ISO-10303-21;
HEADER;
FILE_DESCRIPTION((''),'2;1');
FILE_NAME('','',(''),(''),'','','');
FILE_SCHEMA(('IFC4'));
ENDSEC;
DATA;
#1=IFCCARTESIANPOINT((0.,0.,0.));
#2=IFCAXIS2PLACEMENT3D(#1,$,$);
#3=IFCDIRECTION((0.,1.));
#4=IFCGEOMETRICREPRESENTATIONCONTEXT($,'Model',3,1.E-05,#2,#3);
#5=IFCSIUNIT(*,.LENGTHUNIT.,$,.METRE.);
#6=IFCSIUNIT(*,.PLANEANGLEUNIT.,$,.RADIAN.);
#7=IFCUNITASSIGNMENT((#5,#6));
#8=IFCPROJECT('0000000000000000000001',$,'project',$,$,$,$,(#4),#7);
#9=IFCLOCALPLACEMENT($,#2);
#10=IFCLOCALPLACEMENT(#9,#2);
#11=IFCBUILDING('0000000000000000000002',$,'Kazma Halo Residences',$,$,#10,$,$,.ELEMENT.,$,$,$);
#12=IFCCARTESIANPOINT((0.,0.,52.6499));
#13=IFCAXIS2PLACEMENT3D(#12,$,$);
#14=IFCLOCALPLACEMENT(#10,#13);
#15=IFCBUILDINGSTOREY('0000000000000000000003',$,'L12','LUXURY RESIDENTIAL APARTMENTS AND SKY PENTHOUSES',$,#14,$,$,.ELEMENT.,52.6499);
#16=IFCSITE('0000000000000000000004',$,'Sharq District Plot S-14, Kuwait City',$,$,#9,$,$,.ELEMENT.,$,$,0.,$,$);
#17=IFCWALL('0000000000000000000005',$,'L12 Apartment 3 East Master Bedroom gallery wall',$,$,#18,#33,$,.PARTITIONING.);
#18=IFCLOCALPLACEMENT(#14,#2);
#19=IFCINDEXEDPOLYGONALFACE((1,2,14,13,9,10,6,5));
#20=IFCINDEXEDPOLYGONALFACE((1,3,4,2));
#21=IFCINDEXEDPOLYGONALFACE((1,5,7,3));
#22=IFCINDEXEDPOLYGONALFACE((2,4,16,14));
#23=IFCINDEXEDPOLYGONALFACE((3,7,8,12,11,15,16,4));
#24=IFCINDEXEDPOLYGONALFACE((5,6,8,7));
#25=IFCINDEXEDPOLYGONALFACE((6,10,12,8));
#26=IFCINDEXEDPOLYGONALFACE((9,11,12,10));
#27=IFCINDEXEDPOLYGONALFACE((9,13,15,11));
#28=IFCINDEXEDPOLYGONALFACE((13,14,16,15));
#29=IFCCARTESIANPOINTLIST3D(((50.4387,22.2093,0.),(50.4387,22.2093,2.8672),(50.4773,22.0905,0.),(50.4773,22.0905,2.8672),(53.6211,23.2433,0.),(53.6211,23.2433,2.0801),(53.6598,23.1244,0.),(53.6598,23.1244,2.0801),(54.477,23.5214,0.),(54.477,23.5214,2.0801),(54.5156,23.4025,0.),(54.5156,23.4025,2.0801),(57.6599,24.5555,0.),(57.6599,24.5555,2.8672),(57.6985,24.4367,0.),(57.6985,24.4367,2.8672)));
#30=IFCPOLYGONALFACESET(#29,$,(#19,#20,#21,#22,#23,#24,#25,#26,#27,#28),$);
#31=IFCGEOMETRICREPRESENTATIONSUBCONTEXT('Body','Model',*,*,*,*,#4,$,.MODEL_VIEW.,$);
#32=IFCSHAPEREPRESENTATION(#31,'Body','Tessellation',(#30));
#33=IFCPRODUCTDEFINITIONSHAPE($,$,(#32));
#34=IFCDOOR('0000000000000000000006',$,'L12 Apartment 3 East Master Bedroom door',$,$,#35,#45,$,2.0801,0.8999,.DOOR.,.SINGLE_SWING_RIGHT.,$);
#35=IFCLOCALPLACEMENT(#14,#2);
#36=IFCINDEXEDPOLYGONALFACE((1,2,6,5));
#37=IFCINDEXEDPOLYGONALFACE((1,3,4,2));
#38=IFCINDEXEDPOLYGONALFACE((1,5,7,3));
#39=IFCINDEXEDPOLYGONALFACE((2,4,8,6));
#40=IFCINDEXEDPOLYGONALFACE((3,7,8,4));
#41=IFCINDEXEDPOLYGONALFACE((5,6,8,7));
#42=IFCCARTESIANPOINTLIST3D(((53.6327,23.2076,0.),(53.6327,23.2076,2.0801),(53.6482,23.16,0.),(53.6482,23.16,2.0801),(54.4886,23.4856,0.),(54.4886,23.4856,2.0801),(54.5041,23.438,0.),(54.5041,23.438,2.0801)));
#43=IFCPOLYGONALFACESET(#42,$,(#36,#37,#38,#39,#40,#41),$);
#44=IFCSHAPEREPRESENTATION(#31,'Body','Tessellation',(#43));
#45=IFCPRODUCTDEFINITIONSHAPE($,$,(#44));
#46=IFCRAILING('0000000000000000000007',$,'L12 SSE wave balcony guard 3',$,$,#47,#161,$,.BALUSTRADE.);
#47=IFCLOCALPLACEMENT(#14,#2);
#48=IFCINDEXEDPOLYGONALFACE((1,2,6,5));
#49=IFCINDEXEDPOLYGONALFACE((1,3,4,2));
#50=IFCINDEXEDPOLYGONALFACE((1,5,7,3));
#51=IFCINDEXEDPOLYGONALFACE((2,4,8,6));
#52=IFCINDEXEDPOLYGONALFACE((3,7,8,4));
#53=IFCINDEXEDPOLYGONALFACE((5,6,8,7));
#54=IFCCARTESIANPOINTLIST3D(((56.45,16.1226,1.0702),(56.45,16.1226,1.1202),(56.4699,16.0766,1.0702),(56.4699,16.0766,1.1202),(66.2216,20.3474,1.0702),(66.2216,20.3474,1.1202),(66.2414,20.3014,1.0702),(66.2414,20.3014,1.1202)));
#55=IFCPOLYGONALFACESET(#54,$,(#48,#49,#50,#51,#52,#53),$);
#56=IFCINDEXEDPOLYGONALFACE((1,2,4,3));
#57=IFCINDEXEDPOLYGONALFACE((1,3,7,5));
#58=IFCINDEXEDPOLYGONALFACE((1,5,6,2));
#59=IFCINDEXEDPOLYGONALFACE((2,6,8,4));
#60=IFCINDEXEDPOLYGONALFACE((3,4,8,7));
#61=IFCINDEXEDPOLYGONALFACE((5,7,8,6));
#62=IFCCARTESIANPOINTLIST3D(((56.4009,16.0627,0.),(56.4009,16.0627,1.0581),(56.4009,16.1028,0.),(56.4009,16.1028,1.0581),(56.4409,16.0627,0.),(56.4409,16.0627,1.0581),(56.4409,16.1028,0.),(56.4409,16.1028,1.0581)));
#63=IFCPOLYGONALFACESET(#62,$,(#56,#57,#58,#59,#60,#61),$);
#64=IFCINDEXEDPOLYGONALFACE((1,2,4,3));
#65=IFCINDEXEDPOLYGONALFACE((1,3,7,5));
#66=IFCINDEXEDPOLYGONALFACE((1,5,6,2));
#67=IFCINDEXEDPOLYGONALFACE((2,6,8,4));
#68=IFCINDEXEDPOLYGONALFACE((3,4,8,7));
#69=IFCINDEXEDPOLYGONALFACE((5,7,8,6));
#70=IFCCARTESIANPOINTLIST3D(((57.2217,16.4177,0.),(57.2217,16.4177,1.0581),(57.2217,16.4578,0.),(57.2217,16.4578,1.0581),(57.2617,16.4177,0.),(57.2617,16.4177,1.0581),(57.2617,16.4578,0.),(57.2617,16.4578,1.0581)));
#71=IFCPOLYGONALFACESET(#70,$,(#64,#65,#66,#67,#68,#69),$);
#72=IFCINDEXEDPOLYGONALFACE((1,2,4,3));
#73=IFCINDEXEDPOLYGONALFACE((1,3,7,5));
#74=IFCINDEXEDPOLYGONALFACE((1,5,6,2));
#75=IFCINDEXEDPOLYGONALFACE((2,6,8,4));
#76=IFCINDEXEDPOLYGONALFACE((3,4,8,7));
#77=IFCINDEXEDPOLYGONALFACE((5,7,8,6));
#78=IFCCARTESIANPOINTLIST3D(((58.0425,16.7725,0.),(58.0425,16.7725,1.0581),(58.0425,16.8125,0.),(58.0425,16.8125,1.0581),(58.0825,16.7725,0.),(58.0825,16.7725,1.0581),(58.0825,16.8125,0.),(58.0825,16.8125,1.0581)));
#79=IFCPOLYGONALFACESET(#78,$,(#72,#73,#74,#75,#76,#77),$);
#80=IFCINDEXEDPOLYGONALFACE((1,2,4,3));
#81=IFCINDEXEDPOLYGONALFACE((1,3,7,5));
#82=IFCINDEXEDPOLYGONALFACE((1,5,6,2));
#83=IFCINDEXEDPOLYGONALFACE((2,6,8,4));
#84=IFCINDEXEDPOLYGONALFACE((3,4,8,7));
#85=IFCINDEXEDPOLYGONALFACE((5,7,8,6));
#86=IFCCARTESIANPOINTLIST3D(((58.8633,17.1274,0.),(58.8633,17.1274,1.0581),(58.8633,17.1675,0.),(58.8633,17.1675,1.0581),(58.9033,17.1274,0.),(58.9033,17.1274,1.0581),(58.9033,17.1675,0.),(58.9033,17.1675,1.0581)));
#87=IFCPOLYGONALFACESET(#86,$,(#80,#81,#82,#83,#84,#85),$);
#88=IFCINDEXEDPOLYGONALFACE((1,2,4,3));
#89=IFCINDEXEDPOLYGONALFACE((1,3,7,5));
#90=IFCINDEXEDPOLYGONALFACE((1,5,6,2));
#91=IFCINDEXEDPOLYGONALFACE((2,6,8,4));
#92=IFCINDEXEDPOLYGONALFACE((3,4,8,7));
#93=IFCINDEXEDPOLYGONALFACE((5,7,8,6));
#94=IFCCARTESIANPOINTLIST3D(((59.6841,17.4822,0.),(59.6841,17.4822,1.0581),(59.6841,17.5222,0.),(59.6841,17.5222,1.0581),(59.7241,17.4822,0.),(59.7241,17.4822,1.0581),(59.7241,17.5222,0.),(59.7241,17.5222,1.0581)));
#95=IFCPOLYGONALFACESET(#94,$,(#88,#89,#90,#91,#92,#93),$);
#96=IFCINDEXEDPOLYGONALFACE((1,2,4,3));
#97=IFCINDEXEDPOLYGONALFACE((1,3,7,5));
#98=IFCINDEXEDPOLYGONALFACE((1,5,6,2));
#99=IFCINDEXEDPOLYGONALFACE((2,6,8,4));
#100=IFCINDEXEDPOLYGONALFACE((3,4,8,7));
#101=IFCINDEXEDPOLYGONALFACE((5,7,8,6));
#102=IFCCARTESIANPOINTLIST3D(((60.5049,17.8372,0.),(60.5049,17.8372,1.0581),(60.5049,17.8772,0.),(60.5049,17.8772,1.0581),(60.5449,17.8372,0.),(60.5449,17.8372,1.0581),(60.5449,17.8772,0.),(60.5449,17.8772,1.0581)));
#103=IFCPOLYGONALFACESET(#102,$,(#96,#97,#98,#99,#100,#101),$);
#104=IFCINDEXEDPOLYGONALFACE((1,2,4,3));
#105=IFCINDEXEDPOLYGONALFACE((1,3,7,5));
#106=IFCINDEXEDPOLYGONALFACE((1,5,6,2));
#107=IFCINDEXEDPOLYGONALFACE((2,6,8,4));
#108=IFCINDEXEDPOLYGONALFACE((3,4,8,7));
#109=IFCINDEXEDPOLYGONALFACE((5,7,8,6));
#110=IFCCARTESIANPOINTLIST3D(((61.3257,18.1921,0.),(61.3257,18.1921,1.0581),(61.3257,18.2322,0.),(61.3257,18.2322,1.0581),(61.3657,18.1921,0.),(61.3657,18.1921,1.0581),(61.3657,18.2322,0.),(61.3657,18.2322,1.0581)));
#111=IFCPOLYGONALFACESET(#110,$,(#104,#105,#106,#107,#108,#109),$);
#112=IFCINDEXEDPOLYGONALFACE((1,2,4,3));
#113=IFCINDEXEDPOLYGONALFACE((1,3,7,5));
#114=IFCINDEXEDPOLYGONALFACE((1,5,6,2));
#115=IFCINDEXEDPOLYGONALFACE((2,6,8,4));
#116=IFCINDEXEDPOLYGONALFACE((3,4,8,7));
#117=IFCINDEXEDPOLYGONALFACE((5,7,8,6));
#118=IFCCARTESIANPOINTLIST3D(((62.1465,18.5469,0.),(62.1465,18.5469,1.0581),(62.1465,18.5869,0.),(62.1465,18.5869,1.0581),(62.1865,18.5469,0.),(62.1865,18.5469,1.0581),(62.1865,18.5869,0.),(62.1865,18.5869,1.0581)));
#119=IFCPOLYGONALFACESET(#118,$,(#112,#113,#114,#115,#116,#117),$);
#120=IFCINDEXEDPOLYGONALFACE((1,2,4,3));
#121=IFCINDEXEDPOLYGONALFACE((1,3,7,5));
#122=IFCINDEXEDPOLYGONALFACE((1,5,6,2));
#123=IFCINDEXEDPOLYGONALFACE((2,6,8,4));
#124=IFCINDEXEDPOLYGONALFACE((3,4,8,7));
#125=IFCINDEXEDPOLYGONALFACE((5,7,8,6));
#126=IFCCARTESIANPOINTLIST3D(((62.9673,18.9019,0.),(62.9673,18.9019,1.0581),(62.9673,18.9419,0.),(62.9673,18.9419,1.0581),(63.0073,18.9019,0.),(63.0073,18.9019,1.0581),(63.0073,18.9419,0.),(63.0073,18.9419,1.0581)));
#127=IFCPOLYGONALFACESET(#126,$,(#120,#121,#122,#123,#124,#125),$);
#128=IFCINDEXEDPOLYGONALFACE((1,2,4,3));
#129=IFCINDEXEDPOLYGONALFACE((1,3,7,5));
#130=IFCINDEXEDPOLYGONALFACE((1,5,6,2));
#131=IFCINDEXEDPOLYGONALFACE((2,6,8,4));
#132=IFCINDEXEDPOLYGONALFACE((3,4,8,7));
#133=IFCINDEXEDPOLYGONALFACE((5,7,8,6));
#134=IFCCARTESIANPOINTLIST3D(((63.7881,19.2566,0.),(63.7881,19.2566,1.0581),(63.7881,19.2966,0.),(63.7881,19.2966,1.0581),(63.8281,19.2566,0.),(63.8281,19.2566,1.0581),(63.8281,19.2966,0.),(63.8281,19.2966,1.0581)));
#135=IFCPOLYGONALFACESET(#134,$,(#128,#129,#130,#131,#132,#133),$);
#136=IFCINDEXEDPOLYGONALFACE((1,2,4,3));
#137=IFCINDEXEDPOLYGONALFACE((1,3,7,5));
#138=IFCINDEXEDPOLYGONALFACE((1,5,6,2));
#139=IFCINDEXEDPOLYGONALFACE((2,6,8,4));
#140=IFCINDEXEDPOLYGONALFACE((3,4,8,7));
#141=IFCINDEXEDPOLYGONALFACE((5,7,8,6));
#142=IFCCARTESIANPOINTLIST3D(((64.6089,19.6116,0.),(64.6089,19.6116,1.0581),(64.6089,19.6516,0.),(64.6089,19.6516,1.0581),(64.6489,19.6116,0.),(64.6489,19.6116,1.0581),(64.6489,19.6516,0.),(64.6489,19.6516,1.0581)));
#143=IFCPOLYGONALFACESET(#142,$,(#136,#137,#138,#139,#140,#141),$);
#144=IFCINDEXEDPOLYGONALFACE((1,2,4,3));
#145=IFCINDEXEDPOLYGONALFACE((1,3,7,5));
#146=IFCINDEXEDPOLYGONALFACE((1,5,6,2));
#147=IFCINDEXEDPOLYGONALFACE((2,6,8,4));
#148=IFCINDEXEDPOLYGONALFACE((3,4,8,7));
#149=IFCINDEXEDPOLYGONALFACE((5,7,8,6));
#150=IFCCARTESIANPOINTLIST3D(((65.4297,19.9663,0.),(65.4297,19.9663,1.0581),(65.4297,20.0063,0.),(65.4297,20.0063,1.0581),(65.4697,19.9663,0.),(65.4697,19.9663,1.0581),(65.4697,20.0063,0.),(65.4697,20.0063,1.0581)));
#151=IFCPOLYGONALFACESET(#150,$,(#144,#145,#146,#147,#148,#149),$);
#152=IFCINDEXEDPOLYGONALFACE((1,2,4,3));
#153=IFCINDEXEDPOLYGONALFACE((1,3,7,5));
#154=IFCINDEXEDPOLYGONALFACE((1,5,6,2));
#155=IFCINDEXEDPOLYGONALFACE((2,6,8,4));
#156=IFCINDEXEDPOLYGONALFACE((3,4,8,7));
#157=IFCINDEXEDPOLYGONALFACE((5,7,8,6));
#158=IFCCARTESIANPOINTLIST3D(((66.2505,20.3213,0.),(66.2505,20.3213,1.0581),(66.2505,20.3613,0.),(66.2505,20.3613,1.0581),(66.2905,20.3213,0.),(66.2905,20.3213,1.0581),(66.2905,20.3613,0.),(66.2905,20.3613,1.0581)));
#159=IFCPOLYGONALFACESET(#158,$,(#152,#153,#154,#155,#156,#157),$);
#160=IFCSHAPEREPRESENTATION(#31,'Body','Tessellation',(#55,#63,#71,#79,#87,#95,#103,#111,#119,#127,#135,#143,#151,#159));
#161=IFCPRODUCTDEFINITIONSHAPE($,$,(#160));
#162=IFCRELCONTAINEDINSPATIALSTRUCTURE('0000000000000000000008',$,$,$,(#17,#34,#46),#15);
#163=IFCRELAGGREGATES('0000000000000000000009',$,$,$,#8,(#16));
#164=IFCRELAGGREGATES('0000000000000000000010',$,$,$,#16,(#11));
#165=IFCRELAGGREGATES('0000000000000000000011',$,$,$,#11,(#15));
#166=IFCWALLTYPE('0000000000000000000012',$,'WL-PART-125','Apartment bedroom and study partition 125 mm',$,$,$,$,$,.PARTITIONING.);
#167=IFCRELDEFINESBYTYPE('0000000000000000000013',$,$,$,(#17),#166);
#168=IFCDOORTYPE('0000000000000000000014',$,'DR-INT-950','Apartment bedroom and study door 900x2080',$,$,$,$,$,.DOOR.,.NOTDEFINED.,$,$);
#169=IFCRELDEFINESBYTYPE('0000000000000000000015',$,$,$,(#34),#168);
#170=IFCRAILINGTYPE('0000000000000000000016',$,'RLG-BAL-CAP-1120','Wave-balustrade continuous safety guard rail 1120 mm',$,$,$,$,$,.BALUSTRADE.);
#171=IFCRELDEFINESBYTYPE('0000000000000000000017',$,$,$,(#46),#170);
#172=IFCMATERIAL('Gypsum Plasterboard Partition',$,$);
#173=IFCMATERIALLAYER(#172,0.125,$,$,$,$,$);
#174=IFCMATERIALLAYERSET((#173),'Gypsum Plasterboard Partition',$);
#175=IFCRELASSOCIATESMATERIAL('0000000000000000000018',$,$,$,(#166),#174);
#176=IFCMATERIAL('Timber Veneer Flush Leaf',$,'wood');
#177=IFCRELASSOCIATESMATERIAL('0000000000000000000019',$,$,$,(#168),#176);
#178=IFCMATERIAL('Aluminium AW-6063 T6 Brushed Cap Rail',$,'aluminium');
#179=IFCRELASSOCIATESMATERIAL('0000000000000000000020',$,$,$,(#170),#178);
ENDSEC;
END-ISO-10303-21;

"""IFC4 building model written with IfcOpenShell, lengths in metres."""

from ifc_helpers import new_model, si_unit, direction, frame, frame_2d, origin, origin_2d, place, context, subcontext, project, spatial, rectangle, extrude, material, layer, layer_set, type_object, element, fill, save


model = new_model("IFC4")

# Units and contexts
model_context = context("Model", 3, precision=1e-05, world=origin(), true_north=direction((0.0, 1.0)))
body_context = subcontext(model_context, "Body", "Model", "MODEL_VIEW")
ifc_project = project(units=[si_unit("LENGTHUNIT", "METRE"), si_unit("PLANEANGLEUNIT", "RADIAN")], contexts=[model_context])

# Site, building, storey
site_placement = place(None, origin())
site = spatial("IfcSite", under=ifc_project, at=site_placement, Name="Sharq District Plot S-14, Kuwait City", CompositionType="ELEMENT", RefElevation=0.0)
building_placement = place(site_placement, origin())
building = spatial("IfcBuilding", under=site, at=building_placement, Name="Kazma Halo Residences", CompositionType="ELEMENT")
storey_placement = place(building_placement, frame((0.0, 0.0, 52.6499)))
storey = spatial("IfcBuildingStorey", under=building, at=storey_placement, Name="L12", Description="LUXURY RESIDENTIAL APARTMENTS AND SKY PENTHOUSES", CompositionType="ELEMENT", Elevation=52.6499)

# Shared definitions
ifc_material_1 = material(Name="Gypsum Plasterboard Partition")
ifc_layer_1 = layer(ifc_material_1, 0.125)
ifc_layer_set_1 = layer_set([ifc_layer_1], Name="Gypsum Plasterboard Partition")
wall_type_1 = type_object("IfcWallType", Name="WL-PART-125", Description="Apartment bedroom and study partition 125 mm", PredefinedType="PARTITIONING", material=ifc_layer_set_1)

# Wall, opening, door
wall_1_placement = place(storey_placement, frame((50.458, 22.1499, 0.0), z_axis=(0.0, 0.0, 1.0), x_axis=(0.951061, 0.309003, 0.0)))
wall_1 = element("IfcWall", 1, at=wall_1_placement, inside=storey, type_object=wall_type_1, Name="L12 Apartment 3 East Master Bedroom gallery wall", PredefinedType="PARTITIONING", context=body_context, shape_type="SweptSolid", body=[
    extrude(rectangle(XDim=7.5928, YDim=0.125, at=frame_2d((3.7964, 0.0))), origin(), (0.0, 0.0, 1.0), 2.8672),
])
opening_1_placement = place(wall_1_placement, frame((3.3462, 0.0, 0.0)))
opening_1 = element("IfcOpeningElement", 2, at=opening_1_placement, cuts=wall_1, PredefinedType="OPENING", context=body_context, shape_type="SweptSolid", body=[
    extrude(rectangle(XDim=0.8999, YDim=2.0801, at=frame_2d((0.45, 1.04))), frame((0.0, 0.0725, 0.0), z_axis=(0.0, -1.0, 0.0), x_axis=(1.0, 0.0, 0.0)), (0.0, 0.0, 1.0), 0.145),
])
ifc_material_2 = material(Name="Timber Veneer Flush Leaf", Category="wood")
door_type_1 = type_object("IfcDoorType", Name="DR-INT-950", Description="Apartment bedroom and study door 900x2080", OperationType="NOTDEFINED", PredefinedType="DOOR", material=ifc_material_2)
door_1_placement = place(opening_1_placement, origin())
door_1 = element("IfcDoor", 3, at=door_1_placement, inside=storey, type_object=door_type_1, Name="L12 Apartment 3 East Master Bedroom door", OperationType="SINGLE_SWING_RIGHT", OverallHeight=2.0801, OverallWidth=0.8999, PredefinedType="DOOR", context=body_context, shape_type="SweptSolid", body=[
    extrude(rectangle(XDim=0.8999, YDim=2.0801, at=frame_2d((0.45, 1.04))), frame((0.0, 0.0249, 0.0), z_axis=(0.0, -1.0, 0.0), x_axis=(1.0, 0.0, 0.0)), (0.0, 0.0, 1.0), 0.05),
])
fill(opening_1, door_1)

# Railing
ifc_material_3 = material(Name="Aluminium AW-6063 T6 Brushed Cap Rail", Category="aluminium")
railing_type = type_object("IfcRailingType", Name="RLG-BAL-CAP-1120", Description="Wave-balustrade continuous safety guard rail 1120 mm", PredefinedType="BALUSTRADE", material=ifc_material_3)
railing_placement = place(storey_placement, frame((56.4209, 16.0828, 0.0)))
element("IfcRailing", 4, at=railing_placement, inside=storey, type_object=railing_type, Name="L12 SSE wave balcony guard 3", PredefinedType="BALUSTRADE", context=body_context, shape_type="SweptSolid", body=[
    extrude(rectangle(XDim=0.05, YDim=0.05, at=origin_2d()), frame((0.0391, 0.0168, 1.0952), z_axis=(0.917882, 0.396853, 0.0), x_axis=(-0.396853, 0.917882, 0.0)), (0.0, 0.0, 1.0), 10.6458),
    extrude(rectangle(XDim=0.04, YDim=0.04, at=origin_2d()), origin(), (0.0, 0.0, 1.0), 1.0581),
    extrude(rectangle(XDim=0.04, YDim=0.04, at=origin_2d()), frame((0.8208, 0.355, 0.0)), (0.0, 0.0, 1.0), 1.0581),
    extrude(rectangle(XDim=0.04, YDim=0.04, at=origin_2d()), frame((1.6416, 0.7097, 0.0)), (0.0, 0.0, 1.0), 1.0581),
    extrude(rectangle(XDim=0.04, YDim=0.04, at=origin_2d()), frame((2.4624, 1.0647, 0.0)), (0.0, 0.0, 1.0), 1.0581),
    extrude(rectangle(XDim=0.04, YDim=0.04, at=origin_2d()), frame((3.2832, 1.4194, 0.0)), (0.0, 0.0, 1.0), 1.0581),
    extrude(rectangle(XDim=0.04, YDim=0.04, at=origin_2d()), frame((4.104, 1.7744, 0.0)), (0.0, 0.0, 1.0), 1.0581),
    extrude(rectangle(XDim=0.04, YDim=0.04, at=origin_2d()), frame((4.9248, 2.1294, 0.0)), (0.0, 0.0, 1.0), 1.0581),
    extrude(rectangle(XDim=0.04, YDim=0.04, at=origin_2d()), frame((5.7456, 2.4841, 0.0)), (0.0, 0.0, 1.0), 1.0581),
    extrude(rectangle(XDim=0.04, YDim=0.04, at=origin_2d()), frame((6.5664, 2.8391, 0.0)), (0.0, 0.0, 1.0), 1.0581),
    extrude(rectangle(XDim=0.04, YDim=0.04, at=origin_2d()), frame((7.3872, 3.1938, 0.0)), (0.0, 0.0, 1.0), 1.0581),
    extrude(rectangle(XDim=0.04, YDim=0.04, at=origin_2d()), frame((8.208, 3.5488, 0.0)), (0.0, 0.0, 1.0), 1.0581),
    extrude(rectangle(XDim=0.04, YDim=0.04, at=origin_2d()), frame((9.0288, 3.9036, 0.0)), (0.0, 0.0, 1.0), 1.0581),
    extrude(rectangle(XDim=0.04, YDim=0.04, at=origin_2d()), frame((9.8496, 4.2585, 0.0)), (0.0, 0.0, 1.0), 1.0581),
])

save(model, "model.ifc")
